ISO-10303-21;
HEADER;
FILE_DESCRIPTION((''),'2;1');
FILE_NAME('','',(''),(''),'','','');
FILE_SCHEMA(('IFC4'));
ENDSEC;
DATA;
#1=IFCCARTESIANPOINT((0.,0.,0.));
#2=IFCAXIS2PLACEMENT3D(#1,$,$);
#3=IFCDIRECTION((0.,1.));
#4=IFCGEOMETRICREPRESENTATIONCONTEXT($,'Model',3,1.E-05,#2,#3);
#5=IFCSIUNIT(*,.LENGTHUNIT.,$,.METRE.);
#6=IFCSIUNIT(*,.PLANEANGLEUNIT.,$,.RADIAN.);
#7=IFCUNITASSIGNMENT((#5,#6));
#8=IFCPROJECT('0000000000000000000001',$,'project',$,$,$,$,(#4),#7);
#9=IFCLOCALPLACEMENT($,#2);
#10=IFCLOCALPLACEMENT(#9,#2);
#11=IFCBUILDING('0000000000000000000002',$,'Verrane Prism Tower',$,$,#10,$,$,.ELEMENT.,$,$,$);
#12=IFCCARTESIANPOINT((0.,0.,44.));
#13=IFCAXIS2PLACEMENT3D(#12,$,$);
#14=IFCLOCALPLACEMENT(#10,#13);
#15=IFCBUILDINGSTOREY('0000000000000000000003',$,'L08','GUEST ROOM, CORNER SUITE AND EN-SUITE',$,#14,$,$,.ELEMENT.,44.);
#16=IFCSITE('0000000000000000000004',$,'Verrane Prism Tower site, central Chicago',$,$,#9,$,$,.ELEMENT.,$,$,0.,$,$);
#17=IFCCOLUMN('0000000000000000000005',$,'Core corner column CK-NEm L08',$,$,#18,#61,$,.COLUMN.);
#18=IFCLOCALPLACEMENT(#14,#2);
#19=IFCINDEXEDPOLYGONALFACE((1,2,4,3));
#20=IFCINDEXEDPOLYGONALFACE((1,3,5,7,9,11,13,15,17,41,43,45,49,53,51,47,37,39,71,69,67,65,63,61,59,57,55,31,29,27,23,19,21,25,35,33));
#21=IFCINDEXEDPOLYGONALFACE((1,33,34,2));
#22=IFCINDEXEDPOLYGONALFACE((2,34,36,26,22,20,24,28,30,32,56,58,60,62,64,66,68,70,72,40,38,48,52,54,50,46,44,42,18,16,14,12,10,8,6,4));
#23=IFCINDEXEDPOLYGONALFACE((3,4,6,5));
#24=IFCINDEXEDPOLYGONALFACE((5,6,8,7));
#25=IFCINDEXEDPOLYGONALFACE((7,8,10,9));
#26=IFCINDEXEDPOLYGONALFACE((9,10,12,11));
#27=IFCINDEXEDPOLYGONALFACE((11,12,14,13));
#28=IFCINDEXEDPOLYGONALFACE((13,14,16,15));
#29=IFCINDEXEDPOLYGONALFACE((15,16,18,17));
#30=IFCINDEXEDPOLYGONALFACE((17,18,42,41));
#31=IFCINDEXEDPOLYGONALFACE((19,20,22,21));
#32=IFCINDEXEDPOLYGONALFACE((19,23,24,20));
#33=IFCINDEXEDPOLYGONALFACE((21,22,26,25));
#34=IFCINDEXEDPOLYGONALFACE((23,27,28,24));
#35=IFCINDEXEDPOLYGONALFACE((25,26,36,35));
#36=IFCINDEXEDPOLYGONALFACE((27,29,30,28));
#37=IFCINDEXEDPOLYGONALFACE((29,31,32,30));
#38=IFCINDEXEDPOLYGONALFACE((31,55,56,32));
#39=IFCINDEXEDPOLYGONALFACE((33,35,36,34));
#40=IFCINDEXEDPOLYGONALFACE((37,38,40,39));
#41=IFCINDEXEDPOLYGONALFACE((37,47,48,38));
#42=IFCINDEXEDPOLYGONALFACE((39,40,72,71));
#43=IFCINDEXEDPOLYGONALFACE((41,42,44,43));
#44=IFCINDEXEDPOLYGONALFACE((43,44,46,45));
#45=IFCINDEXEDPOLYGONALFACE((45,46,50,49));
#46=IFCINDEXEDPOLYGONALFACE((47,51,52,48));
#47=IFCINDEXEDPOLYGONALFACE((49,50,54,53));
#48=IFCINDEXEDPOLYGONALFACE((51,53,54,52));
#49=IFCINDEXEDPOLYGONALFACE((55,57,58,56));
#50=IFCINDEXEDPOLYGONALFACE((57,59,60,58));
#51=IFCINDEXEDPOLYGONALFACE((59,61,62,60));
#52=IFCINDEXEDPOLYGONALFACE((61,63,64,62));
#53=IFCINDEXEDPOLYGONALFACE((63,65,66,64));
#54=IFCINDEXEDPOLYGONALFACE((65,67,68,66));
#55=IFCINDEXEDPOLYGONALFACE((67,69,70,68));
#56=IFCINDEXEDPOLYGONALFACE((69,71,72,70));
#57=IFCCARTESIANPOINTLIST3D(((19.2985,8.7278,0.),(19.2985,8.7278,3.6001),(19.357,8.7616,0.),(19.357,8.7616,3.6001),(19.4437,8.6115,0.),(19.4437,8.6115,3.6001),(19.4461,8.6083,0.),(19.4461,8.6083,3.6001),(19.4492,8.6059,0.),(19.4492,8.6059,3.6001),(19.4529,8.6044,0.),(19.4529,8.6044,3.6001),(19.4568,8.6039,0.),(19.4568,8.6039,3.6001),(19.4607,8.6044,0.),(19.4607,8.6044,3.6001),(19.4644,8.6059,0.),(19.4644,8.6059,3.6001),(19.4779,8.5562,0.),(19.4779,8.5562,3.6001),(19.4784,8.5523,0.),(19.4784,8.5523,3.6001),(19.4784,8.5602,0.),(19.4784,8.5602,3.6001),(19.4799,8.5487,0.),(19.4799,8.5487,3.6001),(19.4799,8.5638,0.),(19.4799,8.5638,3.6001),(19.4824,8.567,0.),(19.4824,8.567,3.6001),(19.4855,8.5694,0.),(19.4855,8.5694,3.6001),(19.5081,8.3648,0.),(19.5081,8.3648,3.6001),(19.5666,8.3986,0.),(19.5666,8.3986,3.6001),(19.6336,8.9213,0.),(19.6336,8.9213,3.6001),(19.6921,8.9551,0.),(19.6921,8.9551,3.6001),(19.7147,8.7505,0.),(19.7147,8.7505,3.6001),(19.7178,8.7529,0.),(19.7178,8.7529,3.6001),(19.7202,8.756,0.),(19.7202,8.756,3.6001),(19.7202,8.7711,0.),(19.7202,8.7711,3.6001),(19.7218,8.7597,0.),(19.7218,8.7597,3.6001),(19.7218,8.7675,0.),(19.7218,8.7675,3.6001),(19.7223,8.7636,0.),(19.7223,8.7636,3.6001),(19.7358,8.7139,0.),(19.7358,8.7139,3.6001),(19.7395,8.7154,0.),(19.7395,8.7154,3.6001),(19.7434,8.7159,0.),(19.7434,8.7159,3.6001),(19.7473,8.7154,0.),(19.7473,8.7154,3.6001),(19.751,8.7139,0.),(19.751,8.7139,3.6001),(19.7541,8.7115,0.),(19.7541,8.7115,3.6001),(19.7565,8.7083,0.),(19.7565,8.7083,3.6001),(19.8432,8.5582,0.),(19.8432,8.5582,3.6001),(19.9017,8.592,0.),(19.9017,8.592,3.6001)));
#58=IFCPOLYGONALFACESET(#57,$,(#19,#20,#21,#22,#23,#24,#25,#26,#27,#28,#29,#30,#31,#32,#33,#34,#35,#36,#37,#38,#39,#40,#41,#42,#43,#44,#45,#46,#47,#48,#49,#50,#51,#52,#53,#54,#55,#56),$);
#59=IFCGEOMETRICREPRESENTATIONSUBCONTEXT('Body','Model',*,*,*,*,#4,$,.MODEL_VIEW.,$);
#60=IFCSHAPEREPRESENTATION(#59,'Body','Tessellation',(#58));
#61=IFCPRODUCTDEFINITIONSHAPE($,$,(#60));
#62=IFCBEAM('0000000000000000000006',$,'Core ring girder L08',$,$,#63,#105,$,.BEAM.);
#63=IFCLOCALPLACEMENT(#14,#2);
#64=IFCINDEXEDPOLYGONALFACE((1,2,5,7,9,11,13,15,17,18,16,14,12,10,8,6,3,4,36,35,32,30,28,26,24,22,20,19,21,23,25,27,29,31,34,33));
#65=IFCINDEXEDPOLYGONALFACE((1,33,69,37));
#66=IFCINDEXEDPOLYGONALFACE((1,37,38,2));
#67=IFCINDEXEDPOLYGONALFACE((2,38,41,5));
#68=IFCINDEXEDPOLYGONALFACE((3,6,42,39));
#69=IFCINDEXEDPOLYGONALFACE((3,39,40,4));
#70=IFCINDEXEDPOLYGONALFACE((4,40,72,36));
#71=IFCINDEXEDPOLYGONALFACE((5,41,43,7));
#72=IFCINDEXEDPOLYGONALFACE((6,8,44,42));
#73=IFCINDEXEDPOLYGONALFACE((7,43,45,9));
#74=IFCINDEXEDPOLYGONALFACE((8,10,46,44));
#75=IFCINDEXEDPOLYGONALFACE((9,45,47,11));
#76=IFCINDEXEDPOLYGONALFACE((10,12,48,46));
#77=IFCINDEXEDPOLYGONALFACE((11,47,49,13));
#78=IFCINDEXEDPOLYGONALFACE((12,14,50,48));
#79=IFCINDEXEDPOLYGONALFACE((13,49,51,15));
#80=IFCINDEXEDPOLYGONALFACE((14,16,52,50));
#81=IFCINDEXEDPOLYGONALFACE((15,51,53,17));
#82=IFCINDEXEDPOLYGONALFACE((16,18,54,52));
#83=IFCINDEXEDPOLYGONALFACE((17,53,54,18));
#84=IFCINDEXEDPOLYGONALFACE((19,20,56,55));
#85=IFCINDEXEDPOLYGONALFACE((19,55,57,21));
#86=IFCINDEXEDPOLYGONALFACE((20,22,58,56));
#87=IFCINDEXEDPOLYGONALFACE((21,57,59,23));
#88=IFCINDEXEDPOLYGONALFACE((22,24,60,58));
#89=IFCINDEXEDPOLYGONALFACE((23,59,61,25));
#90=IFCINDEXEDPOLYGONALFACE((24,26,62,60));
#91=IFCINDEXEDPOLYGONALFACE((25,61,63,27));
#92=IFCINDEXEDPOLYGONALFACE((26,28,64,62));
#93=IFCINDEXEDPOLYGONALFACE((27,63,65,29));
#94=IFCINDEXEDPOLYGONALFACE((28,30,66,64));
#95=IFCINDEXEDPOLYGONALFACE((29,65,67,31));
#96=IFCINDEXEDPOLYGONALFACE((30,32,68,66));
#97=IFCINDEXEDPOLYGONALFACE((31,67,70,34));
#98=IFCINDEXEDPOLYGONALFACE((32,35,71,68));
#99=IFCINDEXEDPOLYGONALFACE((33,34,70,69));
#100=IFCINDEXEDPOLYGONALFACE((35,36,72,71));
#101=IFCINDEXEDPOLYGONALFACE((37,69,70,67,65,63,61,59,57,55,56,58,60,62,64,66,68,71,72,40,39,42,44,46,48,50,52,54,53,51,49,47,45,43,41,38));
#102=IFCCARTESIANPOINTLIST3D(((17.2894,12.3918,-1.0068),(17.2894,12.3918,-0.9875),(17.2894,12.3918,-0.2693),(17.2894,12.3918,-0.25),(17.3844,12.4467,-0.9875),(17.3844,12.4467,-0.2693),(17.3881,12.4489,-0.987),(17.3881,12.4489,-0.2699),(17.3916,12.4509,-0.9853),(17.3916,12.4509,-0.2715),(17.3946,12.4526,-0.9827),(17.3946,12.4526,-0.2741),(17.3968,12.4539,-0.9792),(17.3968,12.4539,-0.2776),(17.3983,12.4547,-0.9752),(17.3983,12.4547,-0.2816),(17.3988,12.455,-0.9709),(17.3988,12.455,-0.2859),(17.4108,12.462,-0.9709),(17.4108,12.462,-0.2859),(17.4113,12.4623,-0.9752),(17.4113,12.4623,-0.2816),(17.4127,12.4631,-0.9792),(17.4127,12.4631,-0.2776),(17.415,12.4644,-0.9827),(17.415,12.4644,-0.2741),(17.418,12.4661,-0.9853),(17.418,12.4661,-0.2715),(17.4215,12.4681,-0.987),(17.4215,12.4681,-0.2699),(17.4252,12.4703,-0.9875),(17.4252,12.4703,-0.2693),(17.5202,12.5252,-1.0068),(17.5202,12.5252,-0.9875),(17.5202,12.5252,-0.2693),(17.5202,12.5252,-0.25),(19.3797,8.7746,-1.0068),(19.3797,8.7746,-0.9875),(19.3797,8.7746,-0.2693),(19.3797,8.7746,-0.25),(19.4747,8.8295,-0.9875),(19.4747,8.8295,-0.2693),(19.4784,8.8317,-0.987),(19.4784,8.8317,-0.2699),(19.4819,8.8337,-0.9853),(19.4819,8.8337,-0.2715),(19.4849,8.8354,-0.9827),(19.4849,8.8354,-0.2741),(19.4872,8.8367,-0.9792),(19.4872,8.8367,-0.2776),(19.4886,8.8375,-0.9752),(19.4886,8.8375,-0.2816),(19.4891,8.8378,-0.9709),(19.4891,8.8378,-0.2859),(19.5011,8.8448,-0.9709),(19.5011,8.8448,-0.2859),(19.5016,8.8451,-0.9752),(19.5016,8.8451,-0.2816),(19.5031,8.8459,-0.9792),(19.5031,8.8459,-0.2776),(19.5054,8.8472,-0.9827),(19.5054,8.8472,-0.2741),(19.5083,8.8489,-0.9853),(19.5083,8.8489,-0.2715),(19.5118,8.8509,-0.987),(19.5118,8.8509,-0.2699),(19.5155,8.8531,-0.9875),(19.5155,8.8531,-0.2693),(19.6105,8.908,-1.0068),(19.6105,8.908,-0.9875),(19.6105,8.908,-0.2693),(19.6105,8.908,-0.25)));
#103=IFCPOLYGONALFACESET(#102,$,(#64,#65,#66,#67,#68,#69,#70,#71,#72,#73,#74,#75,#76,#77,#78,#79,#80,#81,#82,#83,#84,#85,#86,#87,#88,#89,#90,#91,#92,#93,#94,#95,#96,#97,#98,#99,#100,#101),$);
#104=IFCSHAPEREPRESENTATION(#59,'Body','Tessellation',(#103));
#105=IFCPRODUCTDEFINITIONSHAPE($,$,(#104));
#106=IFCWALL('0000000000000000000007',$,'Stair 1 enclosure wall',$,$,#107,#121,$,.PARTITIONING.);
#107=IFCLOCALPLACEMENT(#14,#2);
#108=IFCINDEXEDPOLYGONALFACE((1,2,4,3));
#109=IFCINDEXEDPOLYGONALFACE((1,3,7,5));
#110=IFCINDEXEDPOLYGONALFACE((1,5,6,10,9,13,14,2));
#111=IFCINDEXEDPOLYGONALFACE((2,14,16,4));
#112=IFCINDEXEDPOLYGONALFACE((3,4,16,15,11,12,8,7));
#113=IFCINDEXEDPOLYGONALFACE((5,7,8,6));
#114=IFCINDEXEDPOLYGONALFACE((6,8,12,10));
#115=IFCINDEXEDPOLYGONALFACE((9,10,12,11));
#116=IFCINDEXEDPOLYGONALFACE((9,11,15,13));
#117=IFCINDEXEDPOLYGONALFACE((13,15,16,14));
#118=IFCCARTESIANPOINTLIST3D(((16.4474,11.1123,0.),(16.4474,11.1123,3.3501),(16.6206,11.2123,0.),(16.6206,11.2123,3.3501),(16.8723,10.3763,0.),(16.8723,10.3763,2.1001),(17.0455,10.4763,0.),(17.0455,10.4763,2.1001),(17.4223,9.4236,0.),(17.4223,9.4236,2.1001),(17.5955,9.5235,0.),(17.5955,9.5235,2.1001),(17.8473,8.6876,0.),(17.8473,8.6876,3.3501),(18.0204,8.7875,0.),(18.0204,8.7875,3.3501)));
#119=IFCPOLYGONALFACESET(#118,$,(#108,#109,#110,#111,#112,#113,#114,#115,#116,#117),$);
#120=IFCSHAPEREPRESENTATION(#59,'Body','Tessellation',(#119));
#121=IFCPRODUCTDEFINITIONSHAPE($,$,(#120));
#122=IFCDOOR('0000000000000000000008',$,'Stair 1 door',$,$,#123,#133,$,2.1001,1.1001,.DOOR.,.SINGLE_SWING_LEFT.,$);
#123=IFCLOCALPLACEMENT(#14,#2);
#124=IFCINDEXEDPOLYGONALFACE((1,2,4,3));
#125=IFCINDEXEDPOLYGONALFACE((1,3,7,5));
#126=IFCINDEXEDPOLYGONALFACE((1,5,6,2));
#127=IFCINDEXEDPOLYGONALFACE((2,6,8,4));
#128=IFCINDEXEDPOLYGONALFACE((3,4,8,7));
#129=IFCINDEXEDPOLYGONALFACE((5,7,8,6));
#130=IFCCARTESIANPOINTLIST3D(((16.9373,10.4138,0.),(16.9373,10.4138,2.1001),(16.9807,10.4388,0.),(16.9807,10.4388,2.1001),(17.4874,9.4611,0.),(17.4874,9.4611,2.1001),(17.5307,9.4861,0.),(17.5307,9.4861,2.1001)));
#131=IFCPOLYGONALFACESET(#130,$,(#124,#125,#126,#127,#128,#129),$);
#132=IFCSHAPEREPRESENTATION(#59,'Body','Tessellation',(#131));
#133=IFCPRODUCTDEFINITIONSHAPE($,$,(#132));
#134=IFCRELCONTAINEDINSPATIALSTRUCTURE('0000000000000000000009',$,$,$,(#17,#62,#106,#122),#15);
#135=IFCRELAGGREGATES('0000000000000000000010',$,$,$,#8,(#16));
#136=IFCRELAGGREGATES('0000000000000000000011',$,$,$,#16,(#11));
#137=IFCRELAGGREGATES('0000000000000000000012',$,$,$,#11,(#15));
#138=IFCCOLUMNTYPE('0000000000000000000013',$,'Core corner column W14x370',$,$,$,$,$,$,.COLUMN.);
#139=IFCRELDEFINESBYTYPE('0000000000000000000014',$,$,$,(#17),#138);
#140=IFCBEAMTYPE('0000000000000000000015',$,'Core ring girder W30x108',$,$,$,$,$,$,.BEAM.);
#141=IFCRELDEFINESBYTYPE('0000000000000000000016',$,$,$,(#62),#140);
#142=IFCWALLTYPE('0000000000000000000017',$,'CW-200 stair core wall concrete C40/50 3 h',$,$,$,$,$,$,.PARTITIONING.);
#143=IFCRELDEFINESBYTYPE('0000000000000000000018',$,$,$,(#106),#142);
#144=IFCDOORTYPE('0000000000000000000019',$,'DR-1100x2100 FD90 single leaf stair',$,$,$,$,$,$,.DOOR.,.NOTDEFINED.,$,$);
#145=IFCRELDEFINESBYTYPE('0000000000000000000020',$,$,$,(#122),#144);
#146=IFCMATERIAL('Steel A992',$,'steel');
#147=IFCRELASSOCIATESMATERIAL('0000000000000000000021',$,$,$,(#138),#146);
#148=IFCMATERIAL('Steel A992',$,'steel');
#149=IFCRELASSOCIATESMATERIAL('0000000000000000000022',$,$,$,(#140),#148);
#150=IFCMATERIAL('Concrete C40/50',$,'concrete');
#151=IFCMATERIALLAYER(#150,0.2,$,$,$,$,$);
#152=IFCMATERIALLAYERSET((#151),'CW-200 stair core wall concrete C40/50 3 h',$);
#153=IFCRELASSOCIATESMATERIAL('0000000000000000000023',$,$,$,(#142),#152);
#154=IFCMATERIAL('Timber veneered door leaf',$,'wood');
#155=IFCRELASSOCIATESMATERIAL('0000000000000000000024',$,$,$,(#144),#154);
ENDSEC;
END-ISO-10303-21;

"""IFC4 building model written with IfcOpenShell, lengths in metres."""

from ifc_helpers import new_model, si_unit, direction, frame, frame_2d, origin, origin_2d, place, context, subcontext, project, spatial, rectangle, i_section, extrude, material, layer, layer_set, material_profile, profile_set, type_object, element, fill, save


model = new_model("IFC4")

# Units and contexts
model_context = context("Model", 3, precision=1e-05, world=origin(), true_north=direction((0.0, 1.0)))
body_context = subcontext(model_context, "Body", "Model", "MODEL_VIEW")
ifc_project = project(units=[si_unit("LENGTHUNIT", "METRE"), si_unit("PLANEANGLEUNIT", "RADIAN")], contexts=[model_context])

# Site, building, storey
site_placement = place(None, origin())
site = spatial("IfcSite", under=ifc_project, at=site_placement, Name="Verrane Prism Tower site, central Chicago", CompositionType="ELEMENT", RefElevation=0.0)
building_placement = place(site_placement, origin())
building = spatial("IfcBuilding", under=site, at=building_placement, Name="Verrane Prism Tower", CompositionType="ELEMENT")
storey_placement = place(building_placement, frame((0.0, 0.0, 44.0)))
storey = spatial("IfcBuildingStorey", under=building, at=storey_placement, Name="L08", Description="GUEST ROOM, CORNER SUITE AND EN-SUITE", CompositionType="ELEMENT", Elevation=44.0)

# Column
ifc_material_1 = material(Name="Steel A992", Category="steel")
ifc_material_profile_1 = material_profile(ifc_material_1, i_section(OverallWidth=0.4192, OverallDepth=0.4546, WebThickness=0.0422, FlangeThickness=0.0676, FilletRadius=0.0151, at=origin_2d()), Name="W14x370")
ifc_profile_set_1 = profile_set([ifc_material_profile_1], Name="Steel A992")
column_type = type_object("IfcColumnType", Name="Core corner column W14x370", PredefinedType="COLUMN", material=ifc_profile_set_1)
column_placement = place(storey_placement, frame((19.6001, 8.6599, 0.0), z_axis=(0.0, 0.0, 1.0), x_axis=(0.5, -0.866025, 0.0)))
element("IfcColumn", 1, at=column_placement, inside=storey, type_object=column_type, Name="Core corner column CK-NEm L08", PredefinedType="COLUMN", context=body_context, shape_type="SweptSolid", body=[
    extrude(i_section(OverallWidth=0.4192, OverallDepth=0.4546, WebThickness=0.0422, FlangeThickness=0.0676, FilletRadius=0.0151, at=origin_2d()), origin(), (0.0, 0.0, 1.0), 3.6001),
])

# Beam
ifc_material_2 = material(Name="Steel A992", Category="steel")
ifc_material_profile_2 = material_profile(ifc_material_2, i_section(OverallWidth=0.2666, OverallDepth=0.7568, WebThickness=0.0139, FlangeThickness=0.0193, FilletRadius=0.0166, at=origin_2d()), Name="W30x108")
ifc_profile_set_2 = profile_set([ifc_material_profile_2], Name="Steel A992")
beam_type = type_object("IfcBeamType", Name="Core ring girder W30x108", PredefinedType="BEAM", material=ifc_profile_set_2)
beam_placement = place(storey_placement, frame((19.4951, 8.8413, -0.6284), z_axis=(-0.50035, 0.865823, 0.0), x_axis=(-0.865823, -0.50035, 0.0)))
element("IfcBeam", 2, at=beam_placement, inside=storey, type_object=beam_type, Name="Core ring girder L08", PredefinedType="BEAM", context=body_context, shape_type="SweptSolid", body=[
    extrude(i_section(OverallWidth=0.2666, OverallDepth=0.7568, WebThickness=0.0139, FlangeThickness=0.0193, FilletRadius=0.0166, at=origin_2d()), origin(), (0.0, 0.0, 1.0), 4.1777),
])

# Wall, opening, door
ifc_material_3 = material(Name="Concrete C40/50", Category="concrete")
ifc_layer_1 = layer(ifc_material_3, 0.2)
ifc_layer_set_1 = layer_set([ifc_layer_1], Name="CW-200 stair core wall concrete C40/50 3 h")
wall_type_1 = type_object("IfcWallType", Name="CW-200 stair core wall concrete C40/50 3 h", PredefinedType="PARTITIONING", material=ifc_layer_set_1)
wall_1_placement = place(storey_placement, frame((17.9338, 8.7375, 0.0), z_axis=(0.0, 0.0, 1.0), x_axis=(-0.499984, 0.866035, 0.0)))
wall_1 = element("IfcWall", 3, at=wall_1_placement, inside=storey, type_object=wall_type_1, Name="Stair 1 enclosure wall", PredefinedType="PARTITIONING", context=body_context, shape_type="SweptSolid", body=[
    extrude(rectangle(XDim=2.7998, YDim=0.2, at=frame_2d((1.3999, 0.0))), origin(), (0.0, 0.0, 1.0), 3.3501),
])
opening_1_placement = place(wall_1_placement, frame((0.8499, 0.0, 0.0)))
opening_1 = element("IfcOpeningElement", 4, at=opening_1_placement, cuts=wall_1, PredefinedType="OPENING", context=body_context, shape_type="SweptSolid", body=[
    extrude(rectangle(XDim=1.1001, YDim=2.1001, at=frame_2d((0.55, 1.05))), frame((0.0, 0.1099, 0.0), z_axis=(0.0, -1.0, 0.0), x_axis=(1.0, 0.0, 0.0)), (0.0, 0.0, 1.0), 0.22),
])
ifc_material_4 = material(Name="Timber veneered door leaf", Category="wood")
door_type_1 = type_object("IfcDoorType", Name="DR-1100x2100 FD90 single leaf stair", OperationType="NOTDEFINED", PredefinedType="DOOR", material=ifc_material_4)
door_1_placement = place(opening_1_placement, origin())
door_1 = element("IfcDoor", 5, at=door_1_placement, inside=storey, type_object=door_type_1, Name="Stair 1 door", OperationType="SINGLE_SWING_LEFT", OverallHeight=2.1001, OverallWidth=1.1001, PredefinedType="DOOR", context=body_context, shape_type="SweptSolid", body=[
    extrude(rectangle(XDim=1.1001, YDim=2.1001, at=frame_2d((0.55, 1.05))), frame((0.0, 0.0249, 0.0), z_axis=(0.0, -1.0, 0.0), x_axis=(1.0, 0.0, 0.0)), (0.0, 0.0, 1.0), 0.05),
])
fill(opening_1, door_1)

save(model, "model.ifc")
